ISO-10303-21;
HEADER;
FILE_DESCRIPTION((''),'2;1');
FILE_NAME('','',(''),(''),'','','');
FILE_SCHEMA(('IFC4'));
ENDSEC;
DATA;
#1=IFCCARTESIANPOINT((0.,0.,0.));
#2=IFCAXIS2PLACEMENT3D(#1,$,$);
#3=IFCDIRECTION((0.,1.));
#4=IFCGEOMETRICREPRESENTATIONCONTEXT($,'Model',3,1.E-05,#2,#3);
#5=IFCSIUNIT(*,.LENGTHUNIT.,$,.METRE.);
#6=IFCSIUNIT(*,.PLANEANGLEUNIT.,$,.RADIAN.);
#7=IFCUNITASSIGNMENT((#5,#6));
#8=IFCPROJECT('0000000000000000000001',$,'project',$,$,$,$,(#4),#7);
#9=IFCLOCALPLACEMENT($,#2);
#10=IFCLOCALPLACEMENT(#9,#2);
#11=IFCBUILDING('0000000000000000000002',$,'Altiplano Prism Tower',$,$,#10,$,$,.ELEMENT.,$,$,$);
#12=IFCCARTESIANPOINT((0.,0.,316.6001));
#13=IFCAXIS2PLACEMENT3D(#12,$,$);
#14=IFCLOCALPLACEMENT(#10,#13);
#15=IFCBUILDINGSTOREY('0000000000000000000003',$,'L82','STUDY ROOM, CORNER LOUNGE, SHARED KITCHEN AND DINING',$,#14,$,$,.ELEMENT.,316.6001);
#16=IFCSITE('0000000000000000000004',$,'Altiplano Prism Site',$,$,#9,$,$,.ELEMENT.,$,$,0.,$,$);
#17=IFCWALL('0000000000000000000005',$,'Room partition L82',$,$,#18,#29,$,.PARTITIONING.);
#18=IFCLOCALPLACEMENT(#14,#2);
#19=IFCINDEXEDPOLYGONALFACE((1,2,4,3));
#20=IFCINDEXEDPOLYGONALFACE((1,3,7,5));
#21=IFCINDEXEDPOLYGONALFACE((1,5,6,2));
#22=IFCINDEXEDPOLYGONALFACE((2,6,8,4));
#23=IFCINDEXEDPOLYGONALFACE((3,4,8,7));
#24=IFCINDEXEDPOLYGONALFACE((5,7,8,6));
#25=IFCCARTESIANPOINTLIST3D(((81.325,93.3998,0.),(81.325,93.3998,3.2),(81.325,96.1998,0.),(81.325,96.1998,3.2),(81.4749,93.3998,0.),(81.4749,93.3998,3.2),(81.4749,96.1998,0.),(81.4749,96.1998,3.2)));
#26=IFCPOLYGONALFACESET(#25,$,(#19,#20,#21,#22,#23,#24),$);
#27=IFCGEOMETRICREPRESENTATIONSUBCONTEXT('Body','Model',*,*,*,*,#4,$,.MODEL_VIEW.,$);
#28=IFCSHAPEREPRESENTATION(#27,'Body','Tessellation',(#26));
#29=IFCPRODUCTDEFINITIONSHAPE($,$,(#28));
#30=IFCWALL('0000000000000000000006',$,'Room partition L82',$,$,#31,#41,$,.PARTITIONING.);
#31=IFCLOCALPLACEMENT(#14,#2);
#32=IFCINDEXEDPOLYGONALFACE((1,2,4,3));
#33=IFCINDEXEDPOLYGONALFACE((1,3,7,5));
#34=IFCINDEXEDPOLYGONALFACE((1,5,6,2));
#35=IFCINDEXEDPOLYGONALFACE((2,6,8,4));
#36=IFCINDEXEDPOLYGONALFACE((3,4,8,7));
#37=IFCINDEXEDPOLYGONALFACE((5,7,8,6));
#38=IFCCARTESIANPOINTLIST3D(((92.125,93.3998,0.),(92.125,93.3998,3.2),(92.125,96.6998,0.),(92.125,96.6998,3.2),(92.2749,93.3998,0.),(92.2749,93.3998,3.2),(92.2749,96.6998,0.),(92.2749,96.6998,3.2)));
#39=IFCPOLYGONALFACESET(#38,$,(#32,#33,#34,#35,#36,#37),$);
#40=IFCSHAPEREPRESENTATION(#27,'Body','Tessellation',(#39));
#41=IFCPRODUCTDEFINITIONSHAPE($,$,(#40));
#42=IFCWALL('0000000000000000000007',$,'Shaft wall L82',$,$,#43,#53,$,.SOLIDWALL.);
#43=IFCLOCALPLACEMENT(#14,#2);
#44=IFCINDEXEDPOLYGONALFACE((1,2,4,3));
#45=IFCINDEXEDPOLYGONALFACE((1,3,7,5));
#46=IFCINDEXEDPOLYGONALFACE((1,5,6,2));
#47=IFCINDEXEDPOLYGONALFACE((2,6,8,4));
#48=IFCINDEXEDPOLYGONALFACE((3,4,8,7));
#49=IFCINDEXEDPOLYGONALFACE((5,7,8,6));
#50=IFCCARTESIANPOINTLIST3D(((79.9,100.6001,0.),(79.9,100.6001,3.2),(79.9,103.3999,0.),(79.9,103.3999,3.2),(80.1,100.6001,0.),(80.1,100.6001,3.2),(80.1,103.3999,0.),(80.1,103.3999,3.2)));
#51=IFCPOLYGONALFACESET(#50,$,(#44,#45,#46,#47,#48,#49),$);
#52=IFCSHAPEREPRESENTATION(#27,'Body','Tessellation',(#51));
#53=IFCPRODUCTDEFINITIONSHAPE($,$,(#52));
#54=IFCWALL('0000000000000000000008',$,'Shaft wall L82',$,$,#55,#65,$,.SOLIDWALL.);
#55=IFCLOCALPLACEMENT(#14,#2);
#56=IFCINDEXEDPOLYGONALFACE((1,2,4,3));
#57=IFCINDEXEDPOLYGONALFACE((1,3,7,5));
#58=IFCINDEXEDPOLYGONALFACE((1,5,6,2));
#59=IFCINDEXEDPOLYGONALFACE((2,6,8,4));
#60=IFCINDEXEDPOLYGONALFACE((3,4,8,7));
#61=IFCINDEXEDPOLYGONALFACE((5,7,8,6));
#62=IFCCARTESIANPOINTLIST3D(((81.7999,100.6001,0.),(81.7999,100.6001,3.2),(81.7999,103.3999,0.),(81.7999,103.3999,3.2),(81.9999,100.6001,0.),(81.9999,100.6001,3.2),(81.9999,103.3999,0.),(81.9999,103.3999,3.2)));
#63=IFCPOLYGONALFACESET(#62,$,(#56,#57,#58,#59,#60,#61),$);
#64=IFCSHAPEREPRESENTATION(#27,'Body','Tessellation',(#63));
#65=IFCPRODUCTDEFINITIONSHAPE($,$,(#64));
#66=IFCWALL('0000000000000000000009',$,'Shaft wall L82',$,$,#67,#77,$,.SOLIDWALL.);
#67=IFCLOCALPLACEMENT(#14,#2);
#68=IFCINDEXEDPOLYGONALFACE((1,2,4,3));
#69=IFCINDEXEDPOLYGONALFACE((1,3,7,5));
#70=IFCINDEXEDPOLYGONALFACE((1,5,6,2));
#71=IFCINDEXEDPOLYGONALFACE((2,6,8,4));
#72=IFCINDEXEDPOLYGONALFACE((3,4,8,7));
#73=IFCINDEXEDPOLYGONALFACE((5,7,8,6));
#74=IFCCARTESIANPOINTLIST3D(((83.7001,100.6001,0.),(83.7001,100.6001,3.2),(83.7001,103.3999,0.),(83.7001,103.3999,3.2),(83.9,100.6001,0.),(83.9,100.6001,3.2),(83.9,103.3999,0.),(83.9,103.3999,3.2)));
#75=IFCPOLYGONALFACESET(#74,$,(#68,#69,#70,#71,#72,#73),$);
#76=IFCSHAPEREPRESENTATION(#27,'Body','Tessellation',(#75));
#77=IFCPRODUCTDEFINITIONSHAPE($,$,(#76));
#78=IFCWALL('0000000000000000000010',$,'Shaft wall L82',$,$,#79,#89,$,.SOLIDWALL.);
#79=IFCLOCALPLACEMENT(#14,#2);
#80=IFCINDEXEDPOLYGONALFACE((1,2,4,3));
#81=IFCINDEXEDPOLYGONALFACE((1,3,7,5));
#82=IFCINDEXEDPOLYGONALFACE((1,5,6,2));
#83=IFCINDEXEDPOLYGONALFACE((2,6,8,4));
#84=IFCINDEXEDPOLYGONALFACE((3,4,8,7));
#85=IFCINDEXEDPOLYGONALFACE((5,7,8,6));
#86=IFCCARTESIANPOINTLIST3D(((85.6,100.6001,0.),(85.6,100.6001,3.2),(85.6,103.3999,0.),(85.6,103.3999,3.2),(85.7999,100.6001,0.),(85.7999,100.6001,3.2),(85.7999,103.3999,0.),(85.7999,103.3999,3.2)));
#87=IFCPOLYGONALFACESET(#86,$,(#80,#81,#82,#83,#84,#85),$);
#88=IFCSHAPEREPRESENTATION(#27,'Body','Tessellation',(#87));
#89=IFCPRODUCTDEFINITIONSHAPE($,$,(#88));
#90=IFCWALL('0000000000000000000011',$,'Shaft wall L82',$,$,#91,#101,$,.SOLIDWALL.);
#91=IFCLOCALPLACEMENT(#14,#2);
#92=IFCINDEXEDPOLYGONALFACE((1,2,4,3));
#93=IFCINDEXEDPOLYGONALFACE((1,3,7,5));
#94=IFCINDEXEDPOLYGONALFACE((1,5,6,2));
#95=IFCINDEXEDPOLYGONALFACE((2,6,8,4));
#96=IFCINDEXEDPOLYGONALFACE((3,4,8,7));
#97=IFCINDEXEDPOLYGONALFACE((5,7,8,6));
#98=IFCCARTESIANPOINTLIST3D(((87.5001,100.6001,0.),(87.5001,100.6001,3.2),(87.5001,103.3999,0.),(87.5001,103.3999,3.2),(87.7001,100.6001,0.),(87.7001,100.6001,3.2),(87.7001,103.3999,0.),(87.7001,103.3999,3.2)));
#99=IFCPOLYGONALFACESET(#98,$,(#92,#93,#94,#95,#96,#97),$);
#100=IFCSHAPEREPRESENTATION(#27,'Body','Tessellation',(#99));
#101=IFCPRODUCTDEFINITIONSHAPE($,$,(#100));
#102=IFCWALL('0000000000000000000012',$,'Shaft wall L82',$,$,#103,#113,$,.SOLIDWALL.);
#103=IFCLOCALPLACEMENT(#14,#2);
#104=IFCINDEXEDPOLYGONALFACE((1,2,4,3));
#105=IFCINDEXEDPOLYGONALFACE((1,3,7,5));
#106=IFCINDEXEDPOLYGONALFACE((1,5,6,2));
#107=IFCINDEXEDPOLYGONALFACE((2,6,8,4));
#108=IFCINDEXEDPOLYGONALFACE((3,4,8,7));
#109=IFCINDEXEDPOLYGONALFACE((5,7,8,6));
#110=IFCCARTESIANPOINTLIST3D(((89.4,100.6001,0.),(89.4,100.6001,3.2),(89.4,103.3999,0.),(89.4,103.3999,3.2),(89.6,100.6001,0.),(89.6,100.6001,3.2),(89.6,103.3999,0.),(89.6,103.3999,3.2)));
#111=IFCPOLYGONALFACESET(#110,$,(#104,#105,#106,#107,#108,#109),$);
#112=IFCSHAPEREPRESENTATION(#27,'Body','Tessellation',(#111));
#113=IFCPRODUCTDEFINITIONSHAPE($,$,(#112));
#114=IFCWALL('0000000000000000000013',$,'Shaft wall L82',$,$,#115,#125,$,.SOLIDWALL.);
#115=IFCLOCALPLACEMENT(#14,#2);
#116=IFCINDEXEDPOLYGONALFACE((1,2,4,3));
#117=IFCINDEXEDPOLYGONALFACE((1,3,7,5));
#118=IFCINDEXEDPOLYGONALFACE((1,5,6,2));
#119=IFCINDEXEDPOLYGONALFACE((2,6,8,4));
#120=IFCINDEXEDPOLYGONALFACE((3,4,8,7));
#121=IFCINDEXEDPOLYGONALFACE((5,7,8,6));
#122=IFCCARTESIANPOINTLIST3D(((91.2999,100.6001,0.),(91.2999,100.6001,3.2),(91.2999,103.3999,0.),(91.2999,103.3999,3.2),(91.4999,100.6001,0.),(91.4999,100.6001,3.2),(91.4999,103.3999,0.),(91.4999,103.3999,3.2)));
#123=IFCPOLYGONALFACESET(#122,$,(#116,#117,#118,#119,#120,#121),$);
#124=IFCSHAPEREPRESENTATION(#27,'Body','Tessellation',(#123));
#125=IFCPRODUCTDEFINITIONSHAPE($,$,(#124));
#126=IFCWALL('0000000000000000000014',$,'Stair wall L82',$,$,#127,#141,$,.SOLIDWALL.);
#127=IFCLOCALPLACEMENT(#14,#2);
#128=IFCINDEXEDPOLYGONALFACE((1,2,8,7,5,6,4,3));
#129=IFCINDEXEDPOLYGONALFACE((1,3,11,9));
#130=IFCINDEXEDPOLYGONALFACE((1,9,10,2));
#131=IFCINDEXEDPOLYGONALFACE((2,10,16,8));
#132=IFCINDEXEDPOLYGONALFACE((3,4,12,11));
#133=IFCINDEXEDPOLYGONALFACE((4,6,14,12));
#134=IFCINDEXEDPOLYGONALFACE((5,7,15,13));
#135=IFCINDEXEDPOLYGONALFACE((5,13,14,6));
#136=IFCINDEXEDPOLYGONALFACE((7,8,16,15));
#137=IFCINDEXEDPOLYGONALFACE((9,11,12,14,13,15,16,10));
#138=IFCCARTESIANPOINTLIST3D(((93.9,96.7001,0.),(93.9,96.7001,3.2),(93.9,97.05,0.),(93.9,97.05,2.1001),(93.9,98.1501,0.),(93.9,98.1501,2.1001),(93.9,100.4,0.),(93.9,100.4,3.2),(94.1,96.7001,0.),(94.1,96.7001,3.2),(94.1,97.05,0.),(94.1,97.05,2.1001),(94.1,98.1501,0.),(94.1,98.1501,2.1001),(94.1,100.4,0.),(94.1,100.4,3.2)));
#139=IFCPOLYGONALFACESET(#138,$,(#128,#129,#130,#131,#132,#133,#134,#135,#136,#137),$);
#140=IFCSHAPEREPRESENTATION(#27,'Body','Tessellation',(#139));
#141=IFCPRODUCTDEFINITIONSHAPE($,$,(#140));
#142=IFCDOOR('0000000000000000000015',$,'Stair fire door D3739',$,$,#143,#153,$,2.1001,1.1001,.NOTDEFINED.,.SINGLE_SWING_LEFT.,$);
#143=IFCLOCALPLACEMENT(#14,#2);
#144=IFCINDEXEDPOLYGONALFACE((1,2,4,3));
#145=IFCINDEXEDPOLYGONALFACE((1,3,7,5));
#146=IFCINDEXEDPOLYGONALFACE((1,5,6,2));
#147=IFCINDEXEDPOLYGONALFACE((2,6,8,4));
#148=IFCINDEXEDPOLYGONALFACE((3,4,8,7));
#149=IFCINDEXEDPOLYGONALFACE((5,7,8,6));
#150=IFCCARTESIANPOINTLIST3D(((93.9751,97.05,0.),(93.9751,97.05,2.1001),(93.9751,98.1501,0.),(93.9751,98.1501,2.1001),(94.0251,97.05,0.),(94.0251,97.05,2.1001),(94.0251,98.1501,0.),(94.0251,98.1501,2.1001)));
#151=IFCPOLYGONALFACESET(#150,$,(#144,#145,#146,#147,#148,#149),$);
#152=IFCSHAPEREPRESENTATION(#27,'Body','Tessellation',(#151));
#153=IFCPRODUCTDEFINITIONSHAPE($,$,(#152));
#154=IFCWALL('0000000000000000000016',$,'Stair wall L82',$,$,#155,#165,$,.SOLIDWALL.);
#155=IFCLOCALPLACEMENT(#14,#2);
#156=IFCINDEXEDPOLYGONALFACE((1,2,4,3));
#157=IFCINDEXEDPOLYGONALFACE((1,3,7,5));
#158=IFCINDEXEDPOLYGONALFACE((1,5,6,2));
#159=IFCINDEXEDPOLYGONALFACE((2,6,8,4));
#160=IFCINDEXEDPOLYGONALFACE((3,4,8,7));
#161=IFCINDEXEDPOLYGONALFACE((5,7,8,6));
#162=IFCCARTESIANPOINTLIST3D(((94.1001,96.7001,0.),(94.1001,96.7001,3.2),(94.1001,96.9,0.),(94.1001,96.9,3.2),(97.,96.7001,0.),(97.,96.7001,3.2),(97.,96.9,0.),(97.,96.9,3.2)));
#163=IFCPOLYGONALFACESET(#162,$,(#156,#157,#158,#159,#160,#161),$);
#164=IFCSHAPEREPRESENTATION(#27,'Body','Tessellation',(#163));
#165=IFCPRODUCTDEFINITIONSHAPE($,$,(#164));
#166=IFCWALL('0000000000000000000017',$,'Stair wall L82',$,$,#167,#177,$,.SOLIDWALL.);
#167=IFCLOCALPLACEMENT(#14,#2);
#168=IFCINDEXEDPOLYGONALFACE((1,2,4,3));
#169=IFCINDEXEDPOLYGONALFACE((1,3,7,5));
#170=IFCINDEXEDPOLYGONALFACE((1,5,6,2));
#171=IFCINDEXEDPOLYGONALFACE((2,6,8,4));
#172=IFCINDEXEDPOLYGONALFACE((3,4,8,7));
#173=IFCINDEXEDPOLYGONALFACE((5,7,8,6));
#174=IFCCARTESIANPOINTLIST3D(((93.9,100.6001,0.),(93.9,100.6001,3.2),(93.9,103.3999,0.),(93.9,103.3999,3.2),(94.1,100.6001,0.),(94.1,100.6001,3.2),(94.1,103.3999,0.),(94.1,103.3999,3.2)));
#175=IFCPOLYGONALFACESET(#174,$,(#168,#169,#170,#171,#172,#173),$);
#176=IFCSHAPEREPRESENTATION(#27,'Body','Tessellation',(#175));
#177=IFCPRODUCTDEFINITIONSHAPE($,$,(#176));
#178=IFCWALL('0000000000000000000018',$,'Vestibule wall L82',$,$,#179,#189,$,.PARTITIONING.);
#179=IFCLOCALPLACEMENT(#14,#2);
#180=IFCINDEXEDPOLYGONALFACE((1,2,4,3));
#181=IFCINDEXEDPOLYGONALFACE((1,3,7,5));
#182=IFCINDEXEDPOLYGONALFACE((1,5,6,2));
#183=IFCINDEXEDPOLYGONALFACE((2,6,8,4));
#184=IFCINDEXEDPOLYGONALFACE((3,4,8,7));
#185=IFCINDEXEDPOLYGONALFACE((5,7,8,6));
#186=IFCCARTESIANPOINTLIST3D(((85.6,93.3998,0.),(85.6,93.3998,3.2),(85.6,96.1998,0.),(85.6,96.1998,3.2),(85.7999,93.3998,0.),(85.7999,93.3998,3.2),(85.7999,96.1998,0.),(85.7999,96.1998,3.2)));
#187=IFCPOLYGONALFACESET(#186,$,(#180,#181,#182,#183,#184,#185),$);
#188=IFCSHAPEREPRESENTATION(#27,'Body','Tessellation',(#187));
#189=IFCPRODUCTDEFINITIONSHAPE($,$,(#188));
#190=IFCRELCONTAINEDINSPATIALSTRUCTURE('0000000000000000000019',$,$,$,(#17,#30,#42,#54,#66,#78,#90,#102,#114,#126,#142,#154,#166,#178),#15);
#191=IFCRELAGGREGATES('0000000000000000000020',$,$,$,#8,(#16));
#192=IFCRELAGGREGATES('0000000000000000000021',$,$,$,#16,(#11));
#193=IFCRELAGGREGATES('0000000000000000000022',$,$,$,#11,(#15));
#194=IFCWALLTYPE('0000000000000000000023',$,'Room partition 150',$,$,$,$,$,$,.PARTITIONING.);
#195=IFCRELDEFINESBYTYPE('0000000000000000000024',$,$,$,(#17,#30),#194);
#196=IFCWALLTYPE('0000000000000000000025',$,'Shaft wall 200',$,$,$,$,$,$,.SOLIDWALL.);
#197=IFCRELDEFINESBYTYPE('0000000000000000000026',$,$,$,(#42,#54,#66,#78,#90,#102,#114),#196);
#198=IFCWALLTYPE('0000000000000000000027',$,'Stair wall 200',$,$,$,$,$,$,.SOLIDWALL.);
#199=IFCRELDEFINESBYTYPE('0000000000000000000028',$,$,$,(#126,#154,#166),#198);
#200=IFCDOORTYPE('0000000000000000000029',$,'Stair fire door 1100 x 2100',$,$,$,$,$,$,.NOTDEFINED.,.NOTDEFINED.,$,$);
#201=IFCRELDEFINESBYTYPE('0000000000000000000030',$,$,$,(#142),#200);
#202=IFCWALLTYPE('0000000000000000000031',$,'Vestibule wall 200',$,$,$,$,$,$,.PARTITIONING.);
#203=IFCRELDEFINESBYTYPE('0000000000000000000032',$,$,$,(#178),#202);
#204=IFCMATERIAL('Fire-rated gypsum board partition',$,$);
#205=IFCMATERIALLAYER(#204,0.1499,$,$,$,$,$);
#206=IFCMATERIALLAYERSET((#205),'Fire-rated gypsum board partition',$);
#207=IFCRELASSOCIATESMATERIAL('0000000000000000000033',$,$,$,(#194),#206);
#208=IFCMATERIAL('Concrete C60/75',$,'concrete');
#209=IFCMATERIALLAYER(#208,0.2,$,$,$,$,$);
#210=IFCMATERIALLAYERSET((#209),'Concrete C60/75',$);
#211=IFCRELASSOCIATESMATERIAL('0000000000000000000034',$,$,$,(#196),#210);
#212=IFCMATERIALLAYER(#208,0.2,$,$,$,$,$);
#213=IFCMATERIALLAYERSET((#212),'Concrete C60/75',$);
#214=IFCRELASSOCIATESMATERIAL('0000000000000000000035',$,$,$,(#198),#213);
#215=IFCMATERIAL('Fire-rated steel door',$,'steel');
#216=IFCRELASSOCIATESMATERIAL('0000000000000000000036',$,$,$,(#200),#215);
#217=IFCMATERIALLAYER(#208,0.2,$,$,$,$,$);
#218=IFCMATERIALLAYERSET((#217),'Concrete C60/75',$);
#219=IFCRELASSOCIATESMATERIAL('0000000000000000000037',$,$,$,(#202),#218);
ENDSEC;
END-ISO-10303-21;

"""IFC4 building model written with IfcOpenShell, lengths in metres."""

from ifc_helpers import new_model, si_unit, direction, frame, frame_2d, origin, place, context, subcontext, project, spatial, rectangle, extrude, material, layer, layer_set, type_object, element, fill, save


model = new_model("IFC4")

# Units and contexts
model_context = context("Model", 3, precision=1e-05, world=origin(), true_north=direction((0.0, 1.0)))
body_context = subcontext(model_context, "Body", "Model", "MODEL_VIEW")
ifc_project = project(units=[si_unit("LENGTHUNIT", "METRE"), si_unit("PLANEANGLEUNIT", "RADIAN")], contexts=[model_context])

# Site, building, storey
site_placement = place(None, origin())
site = spatial("IfcSite", under=ifc_project, at=site_placement, Name="Altiplano Prism Site", CompositionType="ELEMENT", RefElevation=0.0)
building_placement = place(site_placement, origin())
building = spatial("IfcBuilding", under=site, at=building_placement, Name="Altiplano Prism Tower", CompositionType="ELEMENT")
storey_placement = place(building_placement, frame((0.0, 0.0, 316.6001)))
storey = spatial("IfcBuildingStorey", under=building, at=storey_placement, Name="L82", Description="STUDY ROOM, CORNER LOUNGE, SHARED KITCHEN AND DINING", CompositionType="ELEMENT", Elevation=316.6001)

# Walls
ifc_material_1 = material(Name="Fire-rated gypsum board partition")
ifc_layer_1 = layer(ifc_material_1, 0.1499)
ifc_layer_set_1 = layer_set([ifc_layer_1], Name="Fire-rated gypsum board partition")
wall_type_1 = type_object("IfcWallType", Name="Room partition 150", PredefinedType="PARTITIONING", material=ifc_layer_set_1)
wall_1_placement = place(storey_placement, frame((81.3999, 93.3999, 0.0), z_axis=(0.0, 0.0, 1.0), x_axis=(0.0, 1.0, 0.0)))
element("IfcWall", 1, at=wall_1_placement, inside=storey, type_object=wall_type_1, Name="Room partition L82", PredefinedType="PARTITIONING", context=body_context, shape_type="SweptSolid", body=[
    extrude(rectangle(XDim=2.8, YDim=0.1499, at=frame_2d((1.3999, 0.0))), origin(), (0.0, 0.0, 1.0), 3.2),
])
wall_2_placement = place(storey_placement, frame((92.2, 93.3999, 0.0), z_axis=(0.0, 0.0, 1.0), x_axis=(0.0, 1.0, 0.0)))
element("IfcWall", 2, at=wall_2_placement, inside=storey, type_object=wall_type_1, Name="Room partition L82", PredefinedType="PARTITIONING", context=body_context, shape_type="SweptSolid", body=[
    extrude(rectangle(XDim=3.3, YDim=0.1499, at=frame_2d((1.6499, 0.0))), origin(), (0.0, 0.0, 1.0), 3.2),
])
ifc_material_2 = material(Name="Concrete C60/75", Category="concrete")
ifc_layer_2 = layer(ifc_material_2, 0.2)
ifc_layer_set_2 = layer_set([ifc_layer_2], Name="Concrete C60/75")
wall_type_2 = type_object("IfcWallType", Name="Shaft wall 200", PredefinedType="SOLIDWALL", material=ifc_layer_set_2)
for number, where, z_axis, x_axis, name in (
    (3, (80.0, 100.6001, 0.0), (0.0, 0.0, 1.0), (0.0, 1.0, 0.0), "Shaft wall L82"),
    (4, (81.8999, 100.6001, 0.0), (0.0, 0.0, 1.0), (0.0, 1.0, 0.0), "Shaft wall L82"),
    (5, (83.8, 100.6001, 0.0), (0.0, 0.0, 1.0), (0.0, 1.0, 0.0), "Shaft wall L82"),
    (6, (85.7, 100.6001, 0.0), (0.0, 0.0, 1.0), (0.0, 1.0, 0.0), "Shaft wall L82"),
    (7, (87.6001, 100.6001, 0.0), (0.0, 0.0, 1.0), (0.0, 1.0, 0.0), "Shaft wall L82"),
    (8, (89.5, 100.6001, 0.0), (0.0, 0.0, 1.0), (0.0, 1.0, 0.0), "Shaft wall L82"),
    (9, (91.3999, 100.6001, 0.0), (0.0, 0.0, 1.0), (0.0, 1.0, 0.0), "Shaft wall L82"),
):
    element("IfcWall", number, at=place(storey_placement, frame(where, z_axis=z_axis, x_axis=x_axis)), inside=storey, type_object=wall_type_2, Name=name, PredefinedType="SOLIDWALL", context=body_context, shape_type="SweptSolid", body=[
        extrude(rectangle(XDim=2.7998, YDim=0.2, at=frame_2d((1.3999, 0.0))), origin(), (0.0, 0.0, 1.0), 3.2),
    ])

# Wall, opening, door
ifc_layer_3 = layer(ifc_material_2, 0.2)
ifc_layer_set_3 = layer_set([ifc_layer_3], Name="Concrete C60/75")
wall_type_3 = type_object("IfcWallType", Name="Stair wall 200", PredefinedType="SOLIDWALL", material=ifc_layer_set_3)
wall_3_placement = place(storey_placement, frame((94.0, 96.7, 0.0), z_axis=(0.0, 0.0, 1.0), x_axis=(0.0, 1.0, 0.0)))
wall_3 = element("IfcWall", 10, at=wall_3_placement, inside=storey, type_object=wall_type_3, Name="Stair wall L82", PredefinedType="SOLIDWALL", context=body_context, shape_type="SweptSolid", body=[
    extrude(rectangle(XDim=3.7, YDim=0.2, at=frame_2d((1.8501, 0.0))), origin(), (0.0, 0.0, 1.0), 3.2),
])
opening_1_placement = place(wall_3_placement, frame((0.3501, 0.0, 0.0)))
opening_1 = element("IfcOpeningElement", 11, at=opening_1_placement, cuts=wall_3, PredefinedType="OPENING", context=body_context, shape_type="SweptSolid", body=[
    extrude(rectangle(XDim=1.1001, YDim=2.1001, at=frame_2d((0.55, 1.05))), frame((0.0, 0.1104, 0.0), z_axis=(0.0, -1.0, 0.0), x_axis=(1.0, 0.0, 0.0)), (0.0, 0.0, 1.0), 0.2209),
])
ifc_material_3 = material(Name="Fire-rated steel door", Category="steel")
door_type_1 = type_object("IfcDoorType", Name="Stair fire door 1100 x 2100", OperationType="NOTDEFINED", PredefinedType="NOTDEFINED", material=ifc_material_3)
door_1_placement = place(opening_1_placement, origin())
door_1 = element("IfcDoor", 12, at=door_1_placement, inside=storey, type_object=door_type_1, Name="Stair fire door D3739", OperationType="SINGLE_SWING_LEFT", OverallHeight=2.1001, OverallWidth=1.1001, PredefinedType="NOTDEFINED", context=body_context, shape_type="SweptSolid", body=[
    extrude(rectangle(XDim=1.1001, YDim=2.1001, at=frame_2d((0.55, 1.05))), frame((0.0, 0.0249, 0.0), z_axis=(0.0, -1.0, 0.0), x_axis=(1.0, 0.0, 0.0)), (0.0, 0.0, 1.0), 0.05),
])
fill(opening_1, door_1)

# Walls
wall_4_placement = place(storey_placement, frame((94.1001, 96.8, 0.0), z_axis=(0.0, 0.0, 1.0), x_axis=(1.0, 0.0, 0.0)))
element("IfcWall", 13, at=wall_4_placement, inside=storey, type_object=wall_type_3, Name="Stair wall L82", PredefinedType="SOLIDWALL", context=body_context, shape_type="SweptSolid", body=[
    extrude(rectangle(XDim=2.8999, YDim=0.2, at=frame_2d((1.45, 0.0))), origin(), (0.0, 0.0, 1.0), 3.2),
])
wall_5_placement = place(storey_placement, frame((94.0, 100.6001, 0.0), z_axis=(0.0, 0.0, 1.0), x_axis=(0.0, 1.0, 0.0)))
element("IfcWall", 14, at=wall_5_placement, inside=storey, type_object=wall_type_3, Name="Stair wall L82", PredefinedType="SOLIDWALL", context=body_context, shape_type="SweptSolid", body=[
    extrude(rectangle(XDim=2.7998, YDim=0.2, at=frame_2d((1.3999, 0.0))), origin(), (0.0, 0.0, 1.0), 3.2),
])
ifc_layer_4 = layer(ifc_material_2, 0.2)
ifc_layer_set_4 = layer_set([ifc_layer_4], Name="Concrete C60/75")
wall_type_4 = type_object("IfcWallType", Name="Vestibule wall 200", PredefinedType="PARTITIONING", material=ifc_layer_set_4)
wall_6_placement = place(storey_placement, frame((85.7, 93.3999, 0.0), z_axis=(0.0, 0.0, 1.0), x_axis=(0.0, 1.0, 0.0)))
element("IfcWall", 15, at=wall_6_placement, inside=storey, type_object=wall_type_4, Name="Vestibule wall L82", PredefinedType="PARTITIONING", context=body_context, shape_type="SweptSolid", body=[
    extrude(rectangle(XDim=2.8, YDim=0.2, at=frame_2d((1.3999, 0.0))), origin(), (0.0, 0.0, 1.0), 3.2),
])

save(model, "model.ifc")
